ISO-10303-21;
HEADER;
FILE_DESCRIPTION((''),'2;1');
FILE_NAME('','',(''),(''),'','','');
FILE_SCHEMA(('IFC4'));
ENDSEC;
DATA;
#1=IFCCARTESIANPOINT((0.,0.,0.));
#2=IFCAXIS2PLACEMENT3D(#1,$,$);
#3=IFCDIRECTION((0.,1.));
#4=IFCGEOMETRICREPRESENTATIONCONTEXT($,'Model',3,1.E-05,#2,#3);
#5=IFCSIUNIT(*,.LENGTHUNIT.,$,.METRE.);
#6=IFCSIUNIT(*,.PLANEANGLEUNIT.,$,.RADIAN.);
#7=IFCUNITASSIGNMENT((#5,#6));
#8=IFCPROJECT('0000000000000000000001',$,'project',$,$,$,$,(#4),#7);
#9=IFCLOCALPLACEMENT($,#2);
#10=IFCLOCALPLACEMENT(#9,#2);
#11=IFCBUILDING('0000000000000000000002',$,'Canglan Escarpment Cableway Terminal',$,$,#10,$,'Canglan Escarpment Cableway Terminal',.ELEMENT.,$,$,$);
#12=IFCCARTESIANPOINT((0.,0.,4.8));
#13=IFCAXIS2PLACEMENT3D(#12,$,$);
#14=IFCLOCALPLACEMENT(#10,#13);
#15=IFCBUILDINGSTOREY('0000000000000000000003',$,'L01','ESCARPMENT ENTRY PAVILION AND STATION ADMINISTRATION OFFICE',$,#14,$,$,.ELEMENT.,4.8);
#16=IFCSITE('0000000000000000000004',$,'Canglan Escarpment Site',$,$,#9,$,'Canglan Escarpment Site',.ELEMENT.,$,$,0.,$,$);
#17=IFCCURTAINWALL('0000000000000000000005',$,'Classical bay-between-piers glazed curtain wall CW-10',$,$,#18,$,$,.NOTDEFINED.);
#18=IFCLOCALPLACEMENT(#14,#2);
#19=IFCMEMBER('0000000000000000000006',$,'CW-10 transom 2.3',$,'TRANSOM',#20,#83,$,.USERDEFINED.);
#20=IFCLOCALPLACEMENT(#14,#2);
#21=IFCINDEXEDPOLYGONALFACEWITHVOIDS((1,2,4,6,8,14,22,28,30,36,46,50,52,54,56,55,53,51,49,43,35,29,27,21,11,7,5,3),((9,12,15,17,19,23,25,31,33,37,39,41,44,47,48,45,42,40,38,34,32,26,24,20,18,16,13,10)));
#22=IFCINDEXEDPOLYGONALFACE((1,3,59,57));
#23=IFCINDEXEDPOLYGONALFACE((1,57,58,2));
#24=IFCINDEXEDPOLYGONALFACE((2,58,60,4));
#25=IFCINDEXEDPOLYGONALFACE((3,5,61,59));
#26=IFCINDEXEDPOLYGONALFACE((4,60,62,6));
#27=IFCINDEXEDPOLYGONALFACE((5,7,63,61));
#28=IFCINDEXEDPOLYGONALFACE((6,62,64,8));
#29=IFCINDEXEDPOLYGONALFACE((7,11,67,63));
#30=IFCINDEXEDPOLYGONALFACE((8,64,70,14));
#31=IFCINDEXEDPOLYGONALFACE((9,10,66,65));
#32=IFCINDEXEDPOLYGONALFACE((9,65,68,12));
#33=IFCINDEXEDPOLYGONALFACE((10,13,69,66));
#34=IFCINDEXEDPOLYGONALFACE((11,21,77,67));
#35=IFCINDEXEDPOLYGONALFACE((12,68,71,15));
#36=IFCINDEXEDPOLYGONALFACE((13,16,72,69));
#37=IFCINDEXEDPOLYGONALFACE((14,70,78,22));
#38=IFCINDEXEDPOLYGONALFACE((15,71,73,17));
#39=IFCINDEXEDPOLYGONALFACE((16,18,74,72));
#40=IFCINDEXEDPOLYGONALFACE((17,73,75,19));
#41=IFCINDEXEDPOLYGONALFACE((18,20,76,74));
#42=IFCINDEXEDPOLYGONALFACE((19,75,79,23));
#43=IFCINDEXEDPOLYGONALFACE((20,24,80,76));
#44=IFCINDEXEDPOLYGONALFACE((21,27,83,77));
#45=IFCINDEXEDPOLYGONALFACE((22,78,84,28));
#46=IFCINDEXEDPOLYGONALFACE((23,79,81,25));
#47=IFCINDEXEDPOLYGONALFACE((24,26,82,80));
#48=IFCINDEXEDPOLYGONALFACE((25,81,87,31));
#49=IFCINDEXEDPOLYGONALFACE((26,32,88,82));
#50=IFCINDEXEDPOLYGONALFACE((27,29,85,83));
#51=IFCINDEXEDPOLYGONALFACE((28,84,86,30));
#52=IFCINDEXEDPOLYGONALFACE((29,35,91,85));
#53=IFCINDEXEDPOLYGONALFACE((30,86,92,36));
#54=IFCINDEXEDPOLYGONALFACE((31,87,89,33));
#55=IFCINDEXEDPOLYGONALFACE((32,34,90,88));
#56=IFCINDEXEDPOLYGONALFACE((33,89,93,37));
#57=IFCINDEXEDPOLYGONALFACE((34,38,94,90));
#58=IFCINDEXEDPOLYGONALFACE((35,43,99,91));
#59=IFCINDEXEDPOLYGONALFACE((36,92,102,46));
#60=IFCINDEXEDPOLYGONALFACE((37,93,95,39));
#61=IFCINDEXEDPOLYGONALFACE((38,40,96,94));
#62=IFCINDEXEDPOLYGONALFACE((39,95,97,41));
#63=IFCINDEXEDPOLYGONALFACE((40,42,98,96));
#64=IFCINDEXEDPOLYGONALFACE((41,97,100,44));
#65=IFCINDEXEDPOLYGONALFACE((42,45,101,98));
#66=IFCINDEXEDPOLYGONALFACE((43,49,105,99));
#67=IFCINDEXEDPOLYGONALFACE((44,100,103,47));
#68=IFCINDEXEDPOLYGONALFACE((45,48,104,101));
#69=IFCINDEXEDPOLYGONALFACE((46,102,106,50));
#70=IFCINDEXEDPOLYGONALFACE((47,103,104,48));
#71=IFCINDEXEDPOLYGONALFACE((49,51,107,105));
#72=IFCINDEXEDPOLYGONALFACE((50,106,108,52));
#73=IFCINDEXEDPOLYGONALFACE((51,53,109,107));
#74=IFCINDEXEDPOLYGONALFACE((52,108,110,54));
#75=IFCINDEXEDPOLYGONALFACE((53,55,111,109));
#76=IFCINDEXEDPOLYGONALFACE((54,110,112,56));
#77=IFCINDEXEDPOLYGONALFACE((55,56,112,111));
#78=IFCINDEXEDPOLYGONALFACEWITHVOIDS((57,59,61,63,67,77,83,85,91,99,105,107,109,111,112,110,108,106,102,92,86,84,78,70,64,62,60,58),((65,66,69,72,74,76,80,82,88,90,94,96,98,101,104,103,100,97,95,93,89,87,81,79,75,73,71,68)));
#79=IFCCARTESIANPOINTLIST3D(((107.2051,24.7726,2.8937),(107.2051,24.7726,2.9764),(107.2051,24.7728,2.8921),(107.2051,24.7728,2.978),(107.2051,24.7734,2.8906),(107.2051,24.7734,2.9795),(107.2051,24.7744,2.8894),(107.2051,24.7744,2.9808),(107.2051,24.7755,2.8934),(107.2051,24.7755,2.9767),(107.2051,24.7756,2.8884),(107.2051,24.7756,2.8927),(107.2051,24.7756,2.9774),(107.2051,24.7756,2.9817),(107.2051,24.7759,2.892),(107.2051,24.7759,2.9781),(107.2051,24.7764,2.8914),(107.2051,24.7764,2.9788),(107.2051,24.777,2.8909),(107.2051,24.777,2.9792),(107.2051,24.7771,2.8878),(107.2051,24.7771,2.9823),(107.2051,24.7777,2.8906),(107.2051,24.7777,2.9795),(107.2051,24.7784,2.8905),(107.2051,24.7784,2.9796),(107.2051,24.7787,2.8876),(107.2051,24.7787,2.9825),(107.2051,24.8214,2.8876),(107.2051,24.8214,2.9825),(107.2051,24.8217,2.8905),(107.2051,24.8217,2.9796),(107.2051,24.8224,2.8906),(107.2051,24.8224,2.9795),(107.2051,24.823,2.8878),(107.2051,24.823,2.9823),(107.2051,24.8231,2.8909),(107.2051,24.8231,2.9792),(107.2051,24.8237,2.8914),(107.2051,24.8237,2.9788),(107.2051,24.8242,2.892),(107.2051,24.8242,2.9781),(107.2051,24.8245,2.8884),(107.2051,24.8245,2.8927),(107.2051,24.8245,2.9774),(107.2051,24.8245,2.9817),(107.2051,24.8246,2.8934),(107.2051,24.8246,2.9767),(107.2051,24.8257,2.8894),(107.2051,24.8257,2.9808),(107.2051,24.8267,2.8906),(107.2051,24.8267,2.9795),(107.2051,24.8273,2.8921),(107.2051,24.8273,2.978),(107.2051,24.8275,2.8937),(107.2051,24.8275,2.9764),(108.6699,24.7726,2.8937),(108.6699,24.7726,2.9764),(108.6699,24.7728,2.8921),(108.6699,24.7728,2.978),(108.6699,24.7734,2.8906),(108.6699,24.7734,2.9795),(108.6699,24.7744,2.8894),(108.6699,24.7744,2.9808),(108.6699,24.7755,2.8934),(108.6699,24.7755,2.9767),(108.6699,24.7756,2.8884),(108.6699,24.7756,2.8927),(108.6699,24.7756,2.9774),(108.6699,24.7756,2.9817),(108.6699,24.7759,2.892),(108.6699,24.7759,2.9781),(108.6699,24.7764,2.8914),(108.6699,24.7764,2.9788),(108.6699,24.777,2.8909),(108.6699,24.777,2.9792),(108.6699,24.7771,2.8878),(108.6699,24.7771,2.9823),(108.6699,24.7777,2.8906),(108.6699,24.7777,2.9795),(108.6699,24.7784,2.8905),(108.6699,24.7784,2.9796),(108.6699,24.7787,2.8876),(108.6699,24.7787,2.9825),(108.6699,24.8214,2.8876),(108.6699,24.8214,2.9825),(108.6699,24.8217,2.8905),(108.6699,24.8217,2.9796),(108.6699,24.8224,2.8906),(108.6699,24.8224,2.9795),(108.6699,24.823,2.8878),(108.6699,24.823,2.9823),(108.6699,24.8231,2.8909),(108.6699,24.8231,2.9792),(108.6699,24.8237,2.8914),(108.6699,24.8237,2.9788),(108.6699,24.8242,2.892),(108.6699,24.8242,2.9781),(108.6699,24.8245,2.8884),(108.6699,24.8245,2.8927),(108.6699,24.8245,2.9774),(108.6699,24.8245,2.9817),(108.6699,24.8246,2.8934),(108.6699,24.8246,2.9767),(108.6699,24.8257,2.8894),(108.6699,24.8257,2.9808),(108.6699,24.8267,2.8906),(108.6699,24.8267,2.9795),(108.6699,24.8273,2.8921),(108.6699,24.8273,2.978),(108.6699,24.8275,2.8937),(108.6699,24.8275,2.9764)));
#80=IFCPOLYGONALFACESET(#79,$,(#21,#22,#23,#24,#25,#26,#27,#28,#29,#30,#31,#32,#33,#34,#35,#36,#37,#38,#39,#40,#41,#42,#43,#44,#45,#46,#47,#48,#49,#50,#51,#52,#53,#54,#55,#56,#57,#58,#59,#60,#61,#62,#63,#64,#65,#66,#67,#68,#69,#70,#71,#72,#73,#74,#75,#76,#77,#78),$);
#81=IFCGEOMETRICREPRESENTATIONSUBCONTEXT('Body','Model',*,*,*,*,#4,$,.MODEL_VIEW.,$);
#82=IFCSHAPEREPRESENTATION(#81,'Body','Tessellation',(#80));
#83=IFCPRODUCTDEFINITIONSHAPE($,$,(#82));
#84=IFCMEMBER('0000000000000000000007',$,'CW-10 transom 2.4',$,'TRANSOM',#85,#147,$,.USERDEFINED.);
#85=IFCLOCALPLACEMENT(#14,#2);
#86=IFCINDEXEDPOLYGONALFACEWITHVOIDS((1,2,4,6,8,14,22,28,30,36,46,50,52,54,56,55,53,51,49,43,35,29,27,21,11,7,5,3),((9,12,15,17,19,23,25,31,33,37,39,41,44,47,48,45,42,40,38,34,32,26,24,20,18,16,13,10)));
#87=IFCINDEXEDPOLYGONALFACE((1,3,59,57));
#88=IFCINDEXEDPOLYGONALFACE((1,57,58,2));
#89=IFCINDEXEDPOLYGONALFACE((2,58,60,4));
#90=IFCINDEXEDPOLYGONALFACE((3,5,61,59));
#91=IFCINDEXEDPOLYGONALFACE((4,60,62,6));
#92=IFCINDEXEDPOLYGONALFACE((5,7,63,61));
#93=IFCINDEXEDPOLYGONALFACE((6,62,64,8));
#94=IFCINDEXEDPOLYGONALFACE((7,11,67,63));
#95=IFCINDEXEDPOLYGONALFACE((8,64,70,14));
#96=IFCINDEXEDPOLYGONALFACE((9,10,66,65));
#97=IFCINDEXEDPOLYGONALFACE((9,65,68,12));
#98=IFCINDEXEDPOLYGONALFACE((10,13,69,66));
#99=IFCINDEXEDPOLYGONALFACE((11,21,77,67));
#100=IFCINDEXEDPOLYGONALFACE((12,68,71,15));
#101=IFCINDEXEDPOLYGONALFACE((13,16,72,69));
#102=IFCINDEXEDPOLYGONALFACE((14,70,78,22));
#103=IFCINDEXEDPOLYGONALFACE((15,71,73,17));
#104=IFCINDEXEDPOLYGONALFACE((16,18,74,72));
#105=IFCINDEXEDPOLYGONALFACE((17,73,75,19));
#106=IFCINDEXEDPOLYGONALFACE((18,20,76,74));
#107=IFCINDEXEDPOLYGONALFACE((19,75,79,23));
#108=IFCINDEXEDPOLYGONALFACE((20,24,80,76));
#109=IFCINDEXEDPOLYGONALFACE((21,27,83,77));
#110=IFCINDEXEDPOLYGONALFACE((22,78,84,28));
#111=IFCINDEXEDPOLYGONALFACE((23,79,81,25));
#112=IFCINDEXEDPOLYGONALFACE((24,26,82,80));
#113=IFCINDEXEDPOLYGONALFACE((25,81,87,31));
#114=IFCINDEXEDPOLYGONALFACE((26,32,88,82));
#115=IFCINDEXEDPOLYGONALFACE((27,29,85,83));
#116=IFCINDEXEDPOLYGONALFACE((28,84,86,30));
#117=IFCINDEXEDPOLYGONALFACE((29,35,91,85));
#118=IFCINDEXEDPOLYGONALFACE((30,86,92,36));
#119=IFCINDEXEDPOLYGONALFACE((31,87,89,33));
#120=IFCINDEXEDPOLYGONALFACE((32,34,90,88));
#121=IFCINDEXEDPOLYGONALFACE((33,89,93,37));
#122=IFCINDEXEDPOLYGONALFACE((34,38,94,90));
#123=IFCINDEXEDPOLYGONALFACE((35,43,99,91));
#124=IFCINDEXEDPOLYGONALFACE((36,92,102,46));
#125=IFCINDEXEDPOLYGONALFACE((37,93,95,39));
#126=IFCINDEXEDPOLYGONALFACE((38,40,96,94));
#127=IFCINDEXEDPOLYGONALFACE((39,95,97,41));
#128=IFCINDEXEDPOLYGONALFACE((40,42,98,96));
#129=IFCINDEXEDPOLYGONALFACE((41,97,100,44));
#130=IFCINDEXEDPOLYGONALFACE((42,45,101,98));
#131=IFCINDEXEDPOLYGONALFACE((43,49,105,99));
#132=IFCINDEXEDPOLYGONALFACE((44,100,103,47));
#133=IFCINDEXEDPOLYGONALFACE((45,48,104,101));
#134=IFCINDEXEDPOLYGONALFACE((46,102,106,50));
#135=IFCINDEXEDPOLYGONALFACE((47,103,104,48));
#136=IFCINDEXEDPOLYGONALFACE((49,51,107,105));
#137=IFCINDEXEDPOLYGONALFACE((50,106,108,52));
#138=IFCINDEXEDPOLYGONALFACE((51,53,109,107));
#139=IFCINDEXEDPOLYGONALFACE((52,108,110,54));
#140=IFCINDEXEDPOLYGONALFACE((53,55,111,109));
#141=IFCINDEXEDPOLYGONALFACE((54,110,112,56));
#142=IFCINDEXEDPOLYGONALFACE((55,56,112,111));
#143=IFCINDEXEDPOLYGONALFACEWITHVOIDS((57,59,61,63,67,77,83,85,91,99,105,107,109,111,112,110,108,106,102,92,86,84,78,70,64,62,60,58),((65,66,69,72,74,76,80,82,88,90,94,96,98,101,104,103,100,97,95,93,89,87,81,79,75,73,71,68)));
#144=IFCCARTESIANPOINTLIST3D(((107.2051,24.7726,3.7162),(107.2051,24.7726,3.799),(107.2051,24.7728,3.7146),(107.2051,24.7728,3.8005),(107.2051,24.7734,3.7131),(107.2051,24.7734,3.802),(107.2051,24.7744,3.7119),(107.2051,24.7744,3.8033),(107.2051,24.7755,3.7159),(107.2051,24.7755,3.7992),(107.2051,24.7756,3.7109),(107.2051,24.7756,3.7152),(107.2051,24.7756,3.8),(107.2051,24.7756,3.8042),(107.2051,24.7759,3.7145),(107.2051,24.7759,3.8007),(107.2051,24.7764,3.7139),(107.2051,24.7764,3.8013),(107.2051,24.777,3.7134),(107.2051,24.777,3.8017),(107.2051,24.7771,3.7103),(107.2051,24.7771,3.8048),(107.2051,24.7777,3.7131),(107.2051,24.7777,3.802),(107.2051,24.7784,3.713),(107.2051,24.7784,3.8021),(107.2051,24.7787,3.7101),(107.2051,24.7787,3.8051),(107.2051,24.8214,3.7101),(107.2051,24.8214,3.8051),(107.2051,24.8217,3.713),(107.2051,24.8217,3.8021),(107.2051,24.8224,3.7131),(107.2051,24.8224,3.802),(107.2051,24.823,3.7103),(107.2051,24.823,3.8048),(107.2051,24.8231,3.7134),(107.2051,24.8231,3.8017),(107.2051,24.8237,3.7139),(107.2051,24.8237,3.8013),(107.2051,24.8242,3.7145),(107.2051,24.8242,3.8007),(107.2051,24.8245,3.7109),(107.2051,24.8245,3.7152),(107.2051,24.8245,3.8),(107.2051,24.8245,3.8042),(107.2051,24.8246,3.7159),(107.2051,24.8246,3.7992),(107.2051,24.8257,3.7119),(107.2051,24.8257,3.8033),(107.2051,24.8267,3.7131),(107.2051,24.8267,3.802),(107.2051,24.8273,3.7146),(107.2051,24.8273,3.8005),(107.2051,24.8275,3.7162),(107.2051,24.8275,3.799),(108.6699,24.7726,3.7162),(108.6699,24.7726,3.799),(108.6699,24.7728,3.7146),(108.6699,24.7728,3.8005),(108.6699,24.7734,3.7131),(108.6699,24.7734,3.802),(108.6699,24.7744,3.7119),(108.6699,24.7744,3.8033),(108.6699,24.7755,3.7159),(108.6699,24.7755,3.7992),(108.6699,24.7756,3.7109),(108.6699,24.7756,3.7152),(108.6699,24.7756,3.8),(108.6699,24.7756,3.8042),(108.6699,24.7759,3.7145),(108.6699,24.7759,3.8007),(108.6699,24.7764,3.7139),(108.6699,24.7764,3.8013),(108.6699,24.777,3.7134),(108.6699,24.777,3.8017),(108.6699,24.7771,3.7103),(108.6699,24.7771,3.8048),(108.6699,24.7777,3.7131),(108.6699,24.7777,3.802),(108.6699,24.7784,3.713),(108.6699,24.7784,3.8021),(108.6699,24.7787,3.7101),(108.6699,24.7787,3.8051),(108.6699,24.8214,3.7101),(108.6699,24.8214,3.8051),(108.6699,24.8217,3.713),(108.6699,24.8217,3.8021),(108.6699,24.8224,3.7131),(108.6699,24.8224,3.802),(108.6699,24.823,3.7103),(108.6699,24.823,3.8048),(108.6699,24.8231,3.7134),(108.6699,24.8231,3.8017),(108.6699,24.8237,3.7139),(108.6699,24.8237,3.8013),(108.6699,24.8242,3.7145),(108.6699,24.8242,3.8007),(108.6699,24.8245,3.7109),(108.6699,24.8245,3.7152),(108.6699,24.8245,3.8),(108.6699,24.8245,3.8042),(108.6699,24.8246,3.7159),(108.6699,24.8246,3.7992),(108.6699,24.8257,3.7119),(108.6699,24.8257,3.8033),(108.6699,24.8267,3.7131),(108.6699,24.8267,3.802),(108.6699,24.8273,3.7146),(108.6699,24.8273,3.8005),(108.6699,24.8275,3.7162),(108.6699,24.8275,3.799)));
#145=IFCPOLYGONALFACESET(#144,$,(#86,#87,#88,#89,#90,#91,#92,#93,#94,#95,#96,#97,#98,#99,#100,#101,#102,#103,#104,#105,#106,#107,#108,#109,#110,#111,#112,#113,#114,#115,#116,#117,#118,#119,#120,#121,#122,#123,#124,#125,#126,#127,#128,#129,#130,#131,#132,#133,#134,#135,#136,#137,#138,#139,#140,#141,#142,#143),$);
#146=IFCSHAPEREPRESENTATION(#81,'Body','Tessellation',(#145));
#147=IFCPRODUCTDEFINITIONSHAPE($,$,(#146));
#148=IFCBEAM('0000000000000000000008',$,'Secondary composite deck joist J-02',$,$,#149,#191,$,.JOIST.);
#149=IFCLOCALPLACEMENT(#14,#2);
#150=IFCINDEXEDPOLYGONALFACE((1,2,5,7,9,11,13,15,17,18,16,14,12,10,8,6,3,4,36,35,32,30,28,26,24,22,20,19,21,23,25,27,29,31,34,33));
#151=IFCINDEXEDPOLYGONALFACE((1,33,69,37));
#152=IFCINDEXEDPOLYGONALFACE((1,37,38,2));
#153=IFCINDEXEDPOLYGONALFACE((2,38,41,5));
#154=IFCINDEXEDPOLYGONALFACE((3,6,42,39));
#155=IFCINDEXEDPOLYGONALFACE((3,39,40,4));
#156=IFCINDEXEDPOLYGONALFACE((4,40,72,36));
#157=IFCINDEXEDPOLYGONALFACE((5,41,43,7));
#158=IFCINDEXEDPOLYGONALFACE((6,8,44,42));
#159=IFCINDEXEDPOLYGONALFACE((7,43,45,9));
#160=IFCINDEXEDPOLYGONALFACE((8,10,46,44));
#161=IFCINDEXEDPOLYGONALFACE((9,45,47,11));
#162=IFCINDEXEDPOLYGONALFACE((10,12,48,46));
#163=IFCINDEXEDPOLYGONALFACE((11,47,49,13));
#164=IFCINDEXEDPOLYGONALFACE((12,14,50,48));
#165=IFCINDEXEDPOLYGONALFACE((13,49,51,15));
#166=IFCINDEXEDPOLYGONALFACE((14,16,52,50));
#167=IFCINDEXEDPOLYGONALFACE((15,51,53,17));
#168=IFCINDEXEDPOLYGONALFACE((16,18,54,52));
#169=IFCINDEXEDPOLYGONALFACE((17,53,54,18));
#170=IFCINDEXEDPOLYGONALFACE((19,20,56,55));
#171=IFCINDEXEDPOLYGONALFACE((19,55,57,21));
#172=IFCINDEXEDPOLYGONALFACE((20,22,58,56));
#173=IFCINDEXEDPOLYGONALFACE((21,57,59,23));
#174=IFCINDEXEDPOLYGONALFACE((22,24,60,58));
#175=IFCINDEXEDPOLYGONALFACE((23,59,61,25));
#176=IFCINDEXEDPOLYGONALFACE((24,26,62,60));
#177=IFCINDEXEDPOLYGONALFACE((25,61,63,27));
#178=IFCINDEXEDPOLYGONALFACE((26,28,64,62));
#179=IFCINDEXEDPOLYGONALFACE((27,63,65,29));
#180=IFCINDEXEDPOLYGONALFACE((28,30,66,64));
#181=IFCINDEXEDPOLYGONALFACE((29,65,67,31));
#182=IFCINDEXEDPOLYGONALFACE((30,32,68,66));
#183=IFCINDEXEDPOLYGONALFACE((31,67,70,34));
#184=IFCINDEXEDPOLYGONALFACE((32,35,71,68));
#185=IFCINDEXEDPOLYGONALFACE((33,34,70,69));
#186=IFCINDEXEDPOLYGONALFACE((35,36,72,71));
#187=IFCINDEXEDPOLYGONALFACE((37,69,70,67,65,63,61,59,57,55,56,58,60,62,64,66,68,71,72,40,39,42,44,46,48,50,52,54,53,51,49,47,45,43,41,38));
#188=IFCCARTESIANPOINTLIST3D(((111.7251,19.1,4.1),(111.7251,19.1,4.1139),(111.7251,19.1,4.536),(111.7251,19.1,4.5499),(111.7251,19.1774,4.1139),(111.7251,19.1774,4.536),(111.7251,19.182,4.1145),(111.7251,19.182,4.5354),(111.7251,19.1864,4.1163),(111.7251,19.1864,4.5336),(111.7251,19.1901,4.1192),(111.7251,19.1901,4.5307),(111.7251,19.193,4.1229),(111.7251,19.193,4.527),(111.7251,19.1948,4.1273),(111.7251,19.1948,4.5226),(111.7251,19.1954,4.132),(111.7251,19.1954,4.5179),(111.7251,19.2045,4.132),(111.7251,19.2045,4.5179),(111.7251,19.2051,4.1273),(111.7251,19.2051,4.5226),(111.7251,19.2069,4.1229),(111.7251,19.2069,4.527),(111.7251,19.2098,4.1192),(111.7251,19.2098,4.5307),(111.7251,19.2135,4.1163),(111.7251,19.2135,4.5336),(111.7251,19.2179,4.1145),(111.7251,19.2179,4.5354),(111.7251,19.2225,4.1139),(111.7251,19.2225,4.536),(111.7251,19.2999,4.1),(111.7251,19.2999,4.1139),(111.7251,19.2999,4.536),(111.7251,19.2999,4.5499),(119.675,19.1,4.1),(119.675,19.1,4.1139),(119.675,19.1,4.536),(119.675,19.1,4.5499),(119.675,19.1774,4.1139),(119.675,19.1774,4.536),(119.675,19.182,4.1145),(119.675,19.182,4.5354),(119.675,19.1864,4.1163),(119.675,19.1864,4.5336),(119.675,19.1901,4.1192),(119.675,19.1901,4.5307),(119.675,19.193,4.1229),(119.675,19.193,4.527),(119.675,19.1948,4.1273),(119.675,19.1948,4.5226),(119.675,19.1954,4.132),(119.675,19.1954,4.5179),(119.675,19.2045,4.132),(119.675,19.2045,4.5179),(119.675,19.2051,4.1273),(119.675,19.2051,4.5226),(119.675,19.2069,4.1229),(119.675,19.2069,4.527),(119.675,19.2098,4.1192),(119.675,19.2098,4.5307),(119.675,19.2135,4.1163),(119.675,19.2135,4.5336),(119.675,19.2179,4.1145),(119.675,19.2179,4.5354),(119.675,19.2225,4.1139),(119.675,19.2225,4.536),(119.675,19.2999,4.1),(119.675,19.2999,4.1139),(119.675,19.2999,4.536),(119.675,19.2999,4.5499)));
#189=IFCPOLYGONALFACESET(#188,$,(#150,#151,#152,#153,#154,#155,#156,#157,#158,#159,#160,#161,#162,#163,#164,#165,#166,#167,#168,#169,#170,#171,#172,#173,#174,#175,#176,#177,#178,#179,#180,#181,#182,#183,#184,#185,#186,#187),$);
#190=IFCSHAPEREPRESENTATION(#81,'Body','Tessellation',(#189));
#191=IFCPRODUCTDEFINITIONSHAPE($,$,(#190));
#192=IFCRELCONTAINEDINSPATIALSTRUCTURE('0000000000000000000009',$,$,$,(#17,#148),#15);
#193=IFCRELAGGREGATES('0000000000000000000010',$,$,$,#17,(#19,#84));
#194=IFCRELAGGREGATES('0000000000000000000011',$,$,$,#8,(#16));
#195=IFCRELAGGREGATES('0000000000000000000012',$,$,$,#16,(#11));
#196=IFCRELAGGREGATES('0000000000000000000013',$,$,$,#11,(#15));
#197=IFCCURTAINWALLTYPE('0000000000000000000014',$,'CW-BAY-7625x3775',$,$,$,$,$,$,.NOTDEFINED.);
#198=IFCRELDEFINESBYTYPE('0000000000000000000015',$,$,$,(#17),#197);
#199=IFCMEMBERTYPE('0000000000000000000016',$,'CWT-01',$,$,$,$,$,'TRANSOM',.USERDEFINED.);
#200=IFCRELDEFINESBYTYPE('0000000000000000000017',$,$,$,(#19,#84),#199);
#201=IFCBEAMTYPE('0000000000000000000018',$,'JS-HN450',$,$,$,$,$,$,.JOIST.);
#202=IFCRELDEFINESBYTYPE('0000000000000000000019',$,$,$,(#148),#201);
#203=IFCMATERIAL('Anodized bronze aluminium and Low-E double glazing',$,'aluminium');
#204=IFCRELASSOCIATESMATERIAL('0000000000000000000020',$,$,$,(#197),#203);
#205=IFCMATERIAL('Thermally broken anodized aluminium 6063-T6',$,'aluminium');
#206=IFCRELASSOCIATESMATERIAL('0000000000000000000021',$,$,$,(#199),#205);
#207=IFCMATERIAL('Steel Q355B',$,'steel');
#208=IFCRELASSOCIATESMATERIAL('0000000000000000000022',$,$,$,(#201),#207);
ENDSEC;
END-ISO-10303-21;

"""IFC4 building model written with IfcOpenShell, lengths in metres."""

from ifc_helpers import new_model, si_unit, direction, frame, origin, origin_2d, place, context, subcontext, project, spatial, hollow_rectangle, i_section, extrude, material, material_profile, profile_set, type_object, element, aggregate, save


model = new_model("IFC4")

# Units and contexts
model_context = context("Model", 3, precision=1e-05, world=origin(), true_north=direction((0.0, 1.0)))
body_context = subcontext(model_context, "Body", "Model", "MODEL_VIEW")
ifc_project = project(units=[si_unit("LENGTHUNIT", "METRE"), si_unit("PLANEANGLEUNIT", "RADIAN")], contexts=[model_context])

# Site, building, storey
site_placement = place(None, origin())
site = spatial("IfcSite", under=ifc_project, at=site_placement, Name="Canglan Escarpment Site", LongName="Canglan Escarpment Site", CompositionType="ELEMENT", RefElevation=0.0)
building_placement = place(site_placement, origin())
building = spatial("IfcBuilding", under=site, at=building_placement, Name="Canglan Escarpment Cableway Terminal", LongName="Canglan Escarpment Cableway Terminal", CompositionType="ELEMENT")
storey_placement = place(building_placement, frame((0.0, 0.0, 4.8)))
storey = spatial("IfcBuildingStorey", under=building, at=storey_placement, Name="L01", Description="ESCARPMENT ENTRY PAVILION AND STATION ADMINISTRATION OFFICE", CompositionType="ELEMENT", Elevation=4.8)

# Curtain wall, members
ifc_material_1 = material(Name="Anodized bronze aluminium and Low-E double glazing", Category="aluminium")
curtain_wall_type = type_object("IfcCurtainWallType", Name="CW-BAY-7625x3775", PredefinedType="NOTDEFINED", material=ifc_material_1)
curtain_wall_placement = place(storey_placement, origin())
curtain_wall = element("IfcCurtainWall", 1, at=curtain_wall_placement, inside=storey, type_object=curtain_wall_type, Name="Classical bay-between-piers glazed curtain wall CW-10", PredefinedType="NOTDEFINED")
ifc_material_2 = material(Name="Thermally broken anodized aluminium 6063-T6", Category="aluminium")
ifc_material_profile_1 = material_profile(ifc_material_2, hollow_rectangle(XDim=0.0549, YDim=0.095, WallThickness=0.0029, InnerFilletRadius=0.0029, OuterFilletRadius=0.0061, at=origin_2d()), Name="ALU-TRAN 55x95x3")
ifc_profile_set_1 = profile_set([ifc_material_profile_1], Name="Thermally broken anodized aluminium 6063-T6")
member_type_1 = type_object("IfcMemberType", Name="CWT-01", ElementType="TRANSOM", PredefinedType="USERDEFINED", material=ifc_profile_set_1)
member_1_placement = place(storey_placement, frame((108.6699, 24.8, 2.9351), z_axis=(-1.0, 0.0, 0.0), x_axis=(0.0, -1.0, 0.0)))
member_1 = element("IfcMember", 2, at=member_1_placement, type_object=member_type_1, Name="CW-10 transom 2.3", ObjectType="TRANSOM", PredefinedType="USERDEFINED", context=body_context, shape_type="SweptSolid", body=[
    extrude(hollow_rectangle(XDim=0.0549, YDim=0.095, WallThickness=0.0029, InnerFilletRadius=0.0029, OuterFilletRadius=0.0061, at=origin_2d()), origin(), (0.0, 0.0, 1.0), 1.4648),
])
member_2_placement = place(storey_placement, frame((108.6699, 24.8, 3.7576), z_axis=(-1.0, 0.0, 0.0), x_axis=(0.0, -1.0, 0.0)))
member_2 = element("IfcMember", 3, at=member_2_placement, type_object=member_type_1, Name="CW-10 transom 2.4", ObjectType="TRANSOM", PredefinedType="USERDEFINED", context=body_context, shape_type="SweptSolid", body=[
    extrude(hollow_rectangle(XDim=0.0549, YDim=0.095, WallThickness=0.0029, InnerFilletRadius=0.0029, OuterFilletRadius=0.0061, at=origin_2d()), origin(), (0.0, 0.0, 1.0), 1.4648),
])

# Beam
ifc_material_3 = material(Name="Steel Q355B", Category="steel")
ifc_material_profile_2 = material_profile(ifc_material_3, i_section(OverallWidth=0.2, OverallDepth=0.45, WebThickness=0.009, FlangeThickness=0.0139, FilletRadius=0.0181, at=origin_2d()), Name="HN 450x200x9x14")
ifc_profile_set_2 = profile_set([ifc_material_profile_2], Name="Steel Q355B")
beam_type = type_object("IfcBeamType", Name="JS-HN450", PredefinedType="JOIST", material=ifc_profile_set_2)
for number, where, z_axis, x_axis, name in (
    (4, (111.7251, 19.2, 4.325), (1.0, 0.0, 0.0), (0.0, 1.0, 0.0), "Secondary composite deck joist J-02"),
):
    element("IfcBeam", number, at=place(storey_placement, frame(where, z_axis=z_axis, x_axis=x_axis)), inside=storey, type_object=beam_type, Name=name, PredefinedType="JOIST", context=body_context, shape_type="SweptSolid", body=[
        extrude(i_section(OverallWidth=0.2, OverallDepth=0.45, WebThickness=0.009, FlangeThickness=0.0139, FilletRadius=0.0181, at=origin_2d()), origin(), (0.0, 0.0, 1.0), 7.95),
    ])

aggregate(curtain_wall, [member_1, member_2])

save(model, "model.ifc")
